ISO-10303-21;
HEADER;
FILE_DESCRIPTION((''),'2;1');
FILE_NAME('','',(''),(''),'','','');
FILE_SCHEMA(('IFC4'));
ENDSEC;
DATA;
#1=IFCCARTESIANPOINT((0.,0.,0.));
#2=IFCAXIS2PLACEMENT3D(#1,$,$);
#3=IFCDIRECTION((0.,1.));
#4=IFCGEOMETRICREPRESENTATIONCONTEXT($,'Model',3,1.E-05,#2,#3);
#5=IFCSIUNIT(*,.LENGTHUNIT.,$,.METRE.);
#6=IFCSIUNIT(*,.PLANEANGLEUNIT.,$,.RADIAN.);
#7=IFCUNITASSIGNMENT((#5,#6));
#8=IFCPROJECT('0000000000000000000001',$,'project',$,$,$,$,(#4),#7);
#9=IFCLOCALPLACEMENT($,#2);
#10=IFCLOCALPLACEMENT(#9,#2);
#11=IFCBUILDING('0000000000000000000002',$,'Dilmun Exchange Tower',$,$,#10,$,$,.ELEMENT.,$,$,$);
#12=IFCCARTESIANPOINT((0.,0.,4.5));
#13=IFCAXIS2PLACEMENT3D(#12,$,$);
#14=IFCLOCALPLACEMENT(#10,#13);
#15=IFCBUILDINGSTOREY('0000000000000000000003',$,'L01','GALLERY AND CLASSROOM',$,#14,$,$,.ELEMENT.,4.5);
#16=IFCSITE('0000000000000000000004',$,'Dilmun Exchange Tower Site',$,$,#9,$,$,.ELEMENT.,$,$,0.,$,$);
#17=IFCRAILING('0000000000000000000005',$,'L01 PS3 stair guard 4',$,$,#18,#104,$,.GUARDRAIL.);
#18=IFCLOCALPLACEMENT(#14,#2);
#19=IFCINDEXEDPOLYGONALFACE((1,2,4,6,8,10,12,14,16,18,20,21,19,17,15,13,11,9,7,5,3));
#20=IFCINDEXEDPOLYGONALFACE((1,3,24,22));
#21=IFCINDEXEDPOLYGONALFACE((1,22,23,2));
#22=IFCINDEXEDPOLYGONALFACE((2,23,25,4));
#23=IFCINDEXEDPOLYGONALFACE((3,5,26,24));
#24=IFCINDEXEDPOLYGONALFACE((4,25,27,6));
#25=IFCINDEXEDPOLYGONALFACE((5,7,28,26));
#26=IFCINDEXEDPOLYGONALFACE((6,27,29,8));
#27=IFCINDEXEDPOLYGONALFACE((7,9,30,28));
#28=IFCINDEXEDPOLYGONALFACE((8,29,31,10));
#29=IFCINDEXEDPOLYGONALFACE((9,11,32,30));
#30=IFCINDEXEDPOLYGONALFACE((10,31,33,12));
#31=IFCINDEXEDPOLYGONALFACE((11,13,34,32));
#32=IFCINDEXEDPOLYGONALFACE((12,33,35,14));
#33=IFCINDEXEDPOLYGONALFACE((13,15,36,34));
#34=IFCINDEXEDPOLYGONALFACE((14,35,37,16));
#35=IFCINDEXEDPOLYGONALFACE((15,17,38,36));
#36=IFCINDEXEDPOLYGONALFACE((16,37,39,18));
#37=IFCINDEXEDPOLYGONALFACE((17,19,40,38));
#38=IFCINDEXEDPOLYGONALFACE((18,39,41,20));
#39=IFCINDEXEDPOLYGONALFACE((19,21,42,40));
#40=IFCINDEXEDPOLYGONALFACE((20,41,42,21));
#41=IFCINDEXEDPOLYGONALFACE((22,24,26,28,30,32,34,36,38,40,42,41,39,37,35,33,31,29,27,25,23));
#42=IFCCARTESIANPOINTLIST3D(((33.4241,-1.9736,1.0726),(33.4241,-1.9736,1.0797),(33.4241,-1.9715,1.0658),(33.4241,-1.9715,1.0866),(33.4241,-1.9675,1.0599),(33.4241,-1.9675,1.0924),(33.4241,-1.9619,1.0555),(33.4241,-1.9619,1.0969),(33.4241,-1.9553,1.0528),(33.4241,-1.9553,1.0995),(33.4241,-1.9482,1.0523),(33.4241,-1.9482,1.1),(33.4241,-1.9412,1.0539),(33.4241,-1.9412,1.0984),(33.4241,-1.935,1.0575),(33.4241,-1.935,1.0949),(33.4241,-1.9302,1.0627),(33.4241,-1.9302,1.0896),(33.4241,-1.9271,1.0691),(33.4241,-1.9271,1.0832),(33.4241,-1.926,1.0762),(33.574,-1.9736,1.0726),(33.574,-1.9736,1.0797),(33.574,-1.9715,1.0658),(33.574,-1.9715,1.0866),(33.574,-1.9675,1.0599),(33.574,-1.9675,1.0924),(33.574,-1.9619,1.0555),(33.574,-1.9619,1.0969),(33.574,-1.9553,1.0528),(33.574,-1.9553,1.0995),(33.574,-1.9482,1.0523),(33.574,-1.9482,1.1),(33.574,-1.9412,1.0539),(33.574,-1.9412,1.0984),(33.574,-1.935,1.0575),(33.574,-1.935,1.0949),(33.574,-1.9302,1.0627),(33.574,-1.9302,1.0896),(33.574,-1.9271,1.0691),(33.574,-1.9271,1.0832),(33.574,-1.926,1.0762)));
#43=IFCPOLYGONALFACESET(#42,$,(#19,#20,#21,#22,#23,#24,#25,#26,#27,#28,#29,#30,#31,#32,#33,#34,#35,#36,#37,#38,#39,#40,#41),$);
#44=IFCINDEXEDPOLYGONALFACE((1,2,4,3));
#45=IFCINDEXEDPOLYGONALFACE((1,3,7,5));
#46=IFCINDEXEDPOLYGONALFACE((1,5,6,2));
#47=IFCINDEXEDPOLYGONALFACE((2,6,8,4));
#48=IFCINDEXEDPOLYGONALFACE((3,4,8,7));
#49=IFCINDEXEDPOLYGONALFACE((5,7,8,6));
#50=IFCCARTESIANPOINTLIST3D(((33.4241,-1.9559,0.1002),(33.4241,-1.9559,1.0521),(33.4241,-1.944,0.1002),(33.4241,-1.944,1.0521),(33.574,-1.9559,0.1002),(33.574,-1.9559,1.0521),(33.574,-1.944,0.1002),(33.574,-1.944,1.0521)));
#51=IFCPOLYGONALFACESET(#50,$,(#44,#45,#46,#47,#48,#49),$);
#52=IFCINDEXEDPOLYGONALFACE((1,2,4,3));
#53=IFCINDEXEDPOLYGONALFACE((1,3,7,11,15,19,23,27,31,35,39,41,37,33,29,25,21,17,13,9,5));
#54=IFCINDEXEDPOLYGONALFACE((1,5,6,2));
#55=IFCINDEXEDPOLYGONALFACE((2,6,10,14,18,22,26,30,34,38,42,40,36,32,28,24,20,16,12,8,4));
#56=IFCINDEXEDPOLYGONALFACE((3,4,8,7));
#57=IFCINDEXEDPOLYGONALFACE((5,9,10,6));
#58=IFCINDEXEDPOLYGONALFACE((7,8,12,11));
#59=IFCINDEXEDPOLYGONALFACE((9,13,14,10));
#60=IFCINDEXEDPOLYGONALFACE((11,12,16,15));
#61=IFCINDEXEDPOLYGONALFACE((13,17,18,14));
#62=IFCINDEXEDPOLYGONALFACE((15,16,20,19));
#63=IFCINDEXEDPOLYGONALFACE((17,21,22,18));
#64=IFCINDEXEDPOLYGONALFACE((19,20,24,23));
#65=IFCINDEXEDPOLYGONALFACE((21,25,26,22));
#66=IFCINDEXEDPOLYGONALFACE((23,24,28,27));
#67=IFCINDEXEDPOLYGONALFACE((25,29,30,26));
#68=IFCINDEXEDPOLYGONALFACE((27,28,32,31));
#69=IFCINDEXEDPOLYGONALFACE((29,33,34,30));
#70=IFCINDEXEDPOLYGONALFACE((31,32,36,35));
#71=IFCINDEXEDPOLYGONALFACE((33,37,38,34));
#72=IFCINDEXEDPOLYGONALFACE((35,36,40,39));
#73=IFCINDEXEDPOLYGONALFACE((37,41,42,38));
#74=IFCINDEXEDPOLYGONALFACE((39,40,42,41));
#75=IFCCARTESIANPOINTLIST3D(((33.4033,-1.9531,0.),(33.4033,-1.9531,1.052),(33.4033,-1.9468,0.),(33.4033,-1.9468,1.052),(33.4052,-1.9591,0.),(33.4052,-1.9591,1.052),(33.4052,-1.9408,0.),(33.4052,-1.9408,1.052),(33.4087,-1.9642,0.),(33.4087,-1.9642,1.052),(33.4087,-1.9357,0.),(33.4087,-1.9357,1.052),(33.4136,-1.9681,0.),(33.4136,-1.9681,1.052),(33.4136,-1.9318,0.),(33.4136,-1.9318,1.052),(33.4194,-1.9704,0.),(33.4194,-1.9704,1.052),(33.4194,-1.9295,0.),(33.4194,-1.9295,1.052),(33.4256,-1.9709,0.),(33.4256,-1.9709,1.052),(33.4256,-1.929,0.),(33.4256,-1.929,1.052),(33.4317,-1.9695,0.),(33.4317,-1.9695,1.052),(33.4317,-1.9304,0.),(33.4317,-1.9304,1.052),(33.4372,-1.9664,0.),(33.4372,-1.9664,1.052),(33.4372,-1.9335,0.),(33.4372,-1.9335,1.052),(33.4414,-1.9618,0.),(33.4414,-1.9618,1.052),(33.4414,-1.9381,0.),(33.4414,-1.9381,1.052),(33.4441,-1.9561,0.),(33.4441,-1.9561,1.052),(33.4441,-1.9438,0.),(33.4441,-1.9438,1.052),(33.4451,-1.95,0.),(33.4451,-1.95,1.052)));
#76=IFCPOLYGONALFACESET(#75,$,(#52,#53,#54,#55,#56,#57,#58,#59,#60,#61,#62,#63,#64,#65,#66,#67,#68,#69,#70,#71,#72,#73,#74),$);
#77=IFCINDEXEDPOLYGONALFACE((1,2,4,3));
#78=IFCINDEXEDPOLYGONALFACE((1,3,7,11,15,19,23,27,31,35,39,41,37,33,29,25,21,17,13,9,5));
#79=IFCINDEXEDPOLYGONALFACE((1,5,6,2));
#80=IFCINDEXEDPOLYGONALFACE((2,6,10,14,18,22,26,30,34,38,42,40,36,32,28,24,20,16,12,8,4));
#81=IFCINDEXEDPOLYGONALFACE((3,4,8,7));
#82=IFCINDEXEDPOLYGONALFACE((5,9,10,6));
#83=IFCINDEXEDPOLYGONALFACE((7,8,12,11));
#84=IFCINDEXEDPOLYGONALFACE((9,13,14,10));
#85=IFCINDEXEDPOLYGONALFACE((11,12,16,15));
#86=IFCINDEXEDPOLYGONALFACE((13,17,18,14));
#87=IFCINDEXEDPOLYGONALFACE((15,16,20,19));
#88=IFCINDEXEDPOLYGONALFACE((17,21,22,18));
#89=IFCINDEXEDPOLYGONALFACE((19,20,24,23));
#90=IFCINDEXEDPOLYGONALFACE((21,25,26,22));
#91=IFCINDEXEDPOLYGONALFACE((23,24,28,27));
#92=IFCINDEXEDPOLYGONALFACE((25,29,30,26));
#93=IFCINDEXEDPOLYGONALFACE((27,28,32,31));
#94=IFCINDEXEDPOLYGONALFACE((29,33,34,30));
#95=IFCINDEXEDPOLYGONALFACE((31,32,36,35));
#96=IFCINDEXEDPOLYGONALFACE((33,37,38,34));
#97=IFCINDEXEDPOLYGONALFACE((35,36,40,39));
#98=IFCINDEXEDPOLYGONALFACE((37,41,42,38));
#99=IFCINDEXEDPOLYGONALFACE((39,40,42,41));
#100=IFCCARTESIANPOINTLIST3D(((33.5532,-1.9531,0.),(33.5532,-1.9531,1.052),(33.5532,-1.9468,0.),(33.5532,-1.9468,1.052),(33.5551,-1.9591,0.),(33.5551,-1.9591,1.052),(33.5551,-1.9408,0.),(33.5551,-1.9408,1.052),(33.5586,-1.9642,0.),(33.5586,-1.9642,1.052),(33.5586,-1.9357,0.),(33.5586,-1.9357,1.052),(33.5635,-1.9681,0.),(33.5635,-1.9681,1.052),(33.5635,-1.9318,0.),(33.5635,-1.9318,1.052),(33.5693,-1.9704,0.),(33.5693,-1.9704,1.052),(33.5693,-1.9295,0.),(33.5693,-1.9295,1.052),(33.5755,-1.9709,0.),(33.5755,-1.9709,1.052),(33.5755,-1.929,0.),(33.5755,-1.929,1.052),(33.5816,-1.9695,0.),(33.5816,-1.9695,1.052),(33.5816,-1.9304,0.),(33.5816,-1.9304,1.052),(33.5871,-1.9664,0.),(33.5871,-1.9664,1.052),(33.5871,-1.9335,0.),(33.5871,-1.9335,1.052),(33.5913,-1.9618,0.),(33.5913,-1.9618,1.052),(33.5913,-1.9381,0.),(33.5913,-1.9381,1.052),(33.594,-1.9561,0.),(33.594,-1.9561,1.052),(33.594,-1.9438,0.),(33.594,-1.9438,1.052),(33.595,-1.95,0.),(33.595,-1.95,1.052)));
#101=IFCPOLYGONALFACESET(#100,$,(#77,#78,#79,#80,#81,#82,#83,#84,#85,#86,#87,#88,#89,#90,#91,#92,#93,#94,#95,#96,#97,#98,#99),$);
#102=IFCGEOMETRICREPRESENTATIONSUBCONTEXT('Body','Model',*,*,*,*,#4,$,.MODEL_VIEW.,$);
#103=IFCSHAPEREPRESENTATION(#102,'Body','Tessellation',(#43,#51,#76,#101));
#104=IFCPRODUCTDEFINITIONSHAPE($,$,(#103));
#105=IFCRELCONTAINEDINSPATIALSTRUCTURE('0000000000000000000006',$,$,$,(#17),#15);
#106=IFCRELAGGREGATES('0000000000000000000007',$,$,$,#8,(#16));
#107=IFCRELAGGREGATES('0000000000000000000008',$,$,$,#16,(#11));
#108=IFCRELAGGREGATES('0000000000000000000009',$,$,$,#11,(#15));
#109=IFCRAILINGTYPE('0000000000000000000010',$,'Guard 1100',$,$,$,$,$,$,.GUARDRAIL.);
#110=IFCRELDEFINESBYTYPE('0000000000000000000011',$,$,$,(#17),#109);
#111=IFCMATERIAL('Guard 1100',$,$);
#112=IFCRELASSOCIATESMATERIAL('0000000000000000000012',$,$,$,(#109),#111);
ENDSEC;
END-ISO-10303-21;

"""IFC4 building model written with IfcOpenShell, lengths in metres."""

from ifc_helpers import new_model, si_unit, direction, frame, origin, origin_2d, place, context, subcontext, project, spatial, rectangle, circle, extrude, material, type_object, element, save


model = new_model("IFC4")

# Units and contexts
model_context = context("Model", 3, precision=1e-05, world=origin(), true_north=direction((0.0, 1.0)))
body_context = subcontext(model_context, "Body", "Model", "MODEL_VIEW")
ifc_project = project(units=[si_unit("LENGTHUNIT", "METRE"), si_unit("PLANEANGLEUNIT", "RADIAN")], contexts=[model_context])

# Site, building, storey
site_placement = place(None, origin())
site = spatial("IfcSite", under=ifc_project, at=site_placement, Name="Dilmun Exchange Tower Site", CompositionType="ELEMENT", RefElevation=0.0)
building_placement = place(site_placement, origin())
building = spatial("IfcBuilding", under=site, at=building_placement, Name="Dilmun Exchange Tower", CompositionType="ELEMENT")
storey_placement = place(building_placement, frame((0.0, 0.0, 4.5)))
storey = spatial("IfcBuildingStorey", under=building, at=storey_placement, Name="L01", Description="GALLERY AND CLASSROOM", CompositionType="ELEMENT", Elevation=4.5)

# Railing
ifc_material_1 = material(Name="Guard 1100")
railing_type_1 = type_object("IfcRailingType", Name="Guard 1100", PredefinedType="GUARDRAIL", material=ifc_material_1)
railing_1_placement = place(storey_placement, frame((33.4241, -1.95, 0.0)))
element("IfcRailing", 1, at=railing_1_placement, inside=storey, type_object=railing_type_1, Name="L01 PS3 stair guard 4", PredefinedType="GUARDRAIL", context=body_context, shape_type="SweptSolid", body=[
    extrude(circle(Radius=0.0239, at=origin_2d()), frame((0.0, 0.0, 1.0762), z_axis=(1.0, 0.0, 0.0), x_axis=(0.0, 1.0, 0.0)), (0.0, 0.0, 1.0), 0.1499),
    extrude(rectangle(XDim=0.012, YDim=0.9519, at=origin_2d()), frame((0.0, 0.0, 0.5762), z_axis=(1.0, 0.0, 0.0), x_axis=(0.0, 1.0, 0.0)), (0.0, 0.0, 1.0), 0.1499),
    extrude(circle(Radius=0.021, at=origin_2d()), origin(), (0.0, 0.0, 1.0), 1.052),
    extrude(circle(Radius=0.021, at=origin_2d()), frame((0.1499, 0.0, 0.0)), (0.0, 0.0, 1.0), 1.052),
])

save(model, "model.ifc")
